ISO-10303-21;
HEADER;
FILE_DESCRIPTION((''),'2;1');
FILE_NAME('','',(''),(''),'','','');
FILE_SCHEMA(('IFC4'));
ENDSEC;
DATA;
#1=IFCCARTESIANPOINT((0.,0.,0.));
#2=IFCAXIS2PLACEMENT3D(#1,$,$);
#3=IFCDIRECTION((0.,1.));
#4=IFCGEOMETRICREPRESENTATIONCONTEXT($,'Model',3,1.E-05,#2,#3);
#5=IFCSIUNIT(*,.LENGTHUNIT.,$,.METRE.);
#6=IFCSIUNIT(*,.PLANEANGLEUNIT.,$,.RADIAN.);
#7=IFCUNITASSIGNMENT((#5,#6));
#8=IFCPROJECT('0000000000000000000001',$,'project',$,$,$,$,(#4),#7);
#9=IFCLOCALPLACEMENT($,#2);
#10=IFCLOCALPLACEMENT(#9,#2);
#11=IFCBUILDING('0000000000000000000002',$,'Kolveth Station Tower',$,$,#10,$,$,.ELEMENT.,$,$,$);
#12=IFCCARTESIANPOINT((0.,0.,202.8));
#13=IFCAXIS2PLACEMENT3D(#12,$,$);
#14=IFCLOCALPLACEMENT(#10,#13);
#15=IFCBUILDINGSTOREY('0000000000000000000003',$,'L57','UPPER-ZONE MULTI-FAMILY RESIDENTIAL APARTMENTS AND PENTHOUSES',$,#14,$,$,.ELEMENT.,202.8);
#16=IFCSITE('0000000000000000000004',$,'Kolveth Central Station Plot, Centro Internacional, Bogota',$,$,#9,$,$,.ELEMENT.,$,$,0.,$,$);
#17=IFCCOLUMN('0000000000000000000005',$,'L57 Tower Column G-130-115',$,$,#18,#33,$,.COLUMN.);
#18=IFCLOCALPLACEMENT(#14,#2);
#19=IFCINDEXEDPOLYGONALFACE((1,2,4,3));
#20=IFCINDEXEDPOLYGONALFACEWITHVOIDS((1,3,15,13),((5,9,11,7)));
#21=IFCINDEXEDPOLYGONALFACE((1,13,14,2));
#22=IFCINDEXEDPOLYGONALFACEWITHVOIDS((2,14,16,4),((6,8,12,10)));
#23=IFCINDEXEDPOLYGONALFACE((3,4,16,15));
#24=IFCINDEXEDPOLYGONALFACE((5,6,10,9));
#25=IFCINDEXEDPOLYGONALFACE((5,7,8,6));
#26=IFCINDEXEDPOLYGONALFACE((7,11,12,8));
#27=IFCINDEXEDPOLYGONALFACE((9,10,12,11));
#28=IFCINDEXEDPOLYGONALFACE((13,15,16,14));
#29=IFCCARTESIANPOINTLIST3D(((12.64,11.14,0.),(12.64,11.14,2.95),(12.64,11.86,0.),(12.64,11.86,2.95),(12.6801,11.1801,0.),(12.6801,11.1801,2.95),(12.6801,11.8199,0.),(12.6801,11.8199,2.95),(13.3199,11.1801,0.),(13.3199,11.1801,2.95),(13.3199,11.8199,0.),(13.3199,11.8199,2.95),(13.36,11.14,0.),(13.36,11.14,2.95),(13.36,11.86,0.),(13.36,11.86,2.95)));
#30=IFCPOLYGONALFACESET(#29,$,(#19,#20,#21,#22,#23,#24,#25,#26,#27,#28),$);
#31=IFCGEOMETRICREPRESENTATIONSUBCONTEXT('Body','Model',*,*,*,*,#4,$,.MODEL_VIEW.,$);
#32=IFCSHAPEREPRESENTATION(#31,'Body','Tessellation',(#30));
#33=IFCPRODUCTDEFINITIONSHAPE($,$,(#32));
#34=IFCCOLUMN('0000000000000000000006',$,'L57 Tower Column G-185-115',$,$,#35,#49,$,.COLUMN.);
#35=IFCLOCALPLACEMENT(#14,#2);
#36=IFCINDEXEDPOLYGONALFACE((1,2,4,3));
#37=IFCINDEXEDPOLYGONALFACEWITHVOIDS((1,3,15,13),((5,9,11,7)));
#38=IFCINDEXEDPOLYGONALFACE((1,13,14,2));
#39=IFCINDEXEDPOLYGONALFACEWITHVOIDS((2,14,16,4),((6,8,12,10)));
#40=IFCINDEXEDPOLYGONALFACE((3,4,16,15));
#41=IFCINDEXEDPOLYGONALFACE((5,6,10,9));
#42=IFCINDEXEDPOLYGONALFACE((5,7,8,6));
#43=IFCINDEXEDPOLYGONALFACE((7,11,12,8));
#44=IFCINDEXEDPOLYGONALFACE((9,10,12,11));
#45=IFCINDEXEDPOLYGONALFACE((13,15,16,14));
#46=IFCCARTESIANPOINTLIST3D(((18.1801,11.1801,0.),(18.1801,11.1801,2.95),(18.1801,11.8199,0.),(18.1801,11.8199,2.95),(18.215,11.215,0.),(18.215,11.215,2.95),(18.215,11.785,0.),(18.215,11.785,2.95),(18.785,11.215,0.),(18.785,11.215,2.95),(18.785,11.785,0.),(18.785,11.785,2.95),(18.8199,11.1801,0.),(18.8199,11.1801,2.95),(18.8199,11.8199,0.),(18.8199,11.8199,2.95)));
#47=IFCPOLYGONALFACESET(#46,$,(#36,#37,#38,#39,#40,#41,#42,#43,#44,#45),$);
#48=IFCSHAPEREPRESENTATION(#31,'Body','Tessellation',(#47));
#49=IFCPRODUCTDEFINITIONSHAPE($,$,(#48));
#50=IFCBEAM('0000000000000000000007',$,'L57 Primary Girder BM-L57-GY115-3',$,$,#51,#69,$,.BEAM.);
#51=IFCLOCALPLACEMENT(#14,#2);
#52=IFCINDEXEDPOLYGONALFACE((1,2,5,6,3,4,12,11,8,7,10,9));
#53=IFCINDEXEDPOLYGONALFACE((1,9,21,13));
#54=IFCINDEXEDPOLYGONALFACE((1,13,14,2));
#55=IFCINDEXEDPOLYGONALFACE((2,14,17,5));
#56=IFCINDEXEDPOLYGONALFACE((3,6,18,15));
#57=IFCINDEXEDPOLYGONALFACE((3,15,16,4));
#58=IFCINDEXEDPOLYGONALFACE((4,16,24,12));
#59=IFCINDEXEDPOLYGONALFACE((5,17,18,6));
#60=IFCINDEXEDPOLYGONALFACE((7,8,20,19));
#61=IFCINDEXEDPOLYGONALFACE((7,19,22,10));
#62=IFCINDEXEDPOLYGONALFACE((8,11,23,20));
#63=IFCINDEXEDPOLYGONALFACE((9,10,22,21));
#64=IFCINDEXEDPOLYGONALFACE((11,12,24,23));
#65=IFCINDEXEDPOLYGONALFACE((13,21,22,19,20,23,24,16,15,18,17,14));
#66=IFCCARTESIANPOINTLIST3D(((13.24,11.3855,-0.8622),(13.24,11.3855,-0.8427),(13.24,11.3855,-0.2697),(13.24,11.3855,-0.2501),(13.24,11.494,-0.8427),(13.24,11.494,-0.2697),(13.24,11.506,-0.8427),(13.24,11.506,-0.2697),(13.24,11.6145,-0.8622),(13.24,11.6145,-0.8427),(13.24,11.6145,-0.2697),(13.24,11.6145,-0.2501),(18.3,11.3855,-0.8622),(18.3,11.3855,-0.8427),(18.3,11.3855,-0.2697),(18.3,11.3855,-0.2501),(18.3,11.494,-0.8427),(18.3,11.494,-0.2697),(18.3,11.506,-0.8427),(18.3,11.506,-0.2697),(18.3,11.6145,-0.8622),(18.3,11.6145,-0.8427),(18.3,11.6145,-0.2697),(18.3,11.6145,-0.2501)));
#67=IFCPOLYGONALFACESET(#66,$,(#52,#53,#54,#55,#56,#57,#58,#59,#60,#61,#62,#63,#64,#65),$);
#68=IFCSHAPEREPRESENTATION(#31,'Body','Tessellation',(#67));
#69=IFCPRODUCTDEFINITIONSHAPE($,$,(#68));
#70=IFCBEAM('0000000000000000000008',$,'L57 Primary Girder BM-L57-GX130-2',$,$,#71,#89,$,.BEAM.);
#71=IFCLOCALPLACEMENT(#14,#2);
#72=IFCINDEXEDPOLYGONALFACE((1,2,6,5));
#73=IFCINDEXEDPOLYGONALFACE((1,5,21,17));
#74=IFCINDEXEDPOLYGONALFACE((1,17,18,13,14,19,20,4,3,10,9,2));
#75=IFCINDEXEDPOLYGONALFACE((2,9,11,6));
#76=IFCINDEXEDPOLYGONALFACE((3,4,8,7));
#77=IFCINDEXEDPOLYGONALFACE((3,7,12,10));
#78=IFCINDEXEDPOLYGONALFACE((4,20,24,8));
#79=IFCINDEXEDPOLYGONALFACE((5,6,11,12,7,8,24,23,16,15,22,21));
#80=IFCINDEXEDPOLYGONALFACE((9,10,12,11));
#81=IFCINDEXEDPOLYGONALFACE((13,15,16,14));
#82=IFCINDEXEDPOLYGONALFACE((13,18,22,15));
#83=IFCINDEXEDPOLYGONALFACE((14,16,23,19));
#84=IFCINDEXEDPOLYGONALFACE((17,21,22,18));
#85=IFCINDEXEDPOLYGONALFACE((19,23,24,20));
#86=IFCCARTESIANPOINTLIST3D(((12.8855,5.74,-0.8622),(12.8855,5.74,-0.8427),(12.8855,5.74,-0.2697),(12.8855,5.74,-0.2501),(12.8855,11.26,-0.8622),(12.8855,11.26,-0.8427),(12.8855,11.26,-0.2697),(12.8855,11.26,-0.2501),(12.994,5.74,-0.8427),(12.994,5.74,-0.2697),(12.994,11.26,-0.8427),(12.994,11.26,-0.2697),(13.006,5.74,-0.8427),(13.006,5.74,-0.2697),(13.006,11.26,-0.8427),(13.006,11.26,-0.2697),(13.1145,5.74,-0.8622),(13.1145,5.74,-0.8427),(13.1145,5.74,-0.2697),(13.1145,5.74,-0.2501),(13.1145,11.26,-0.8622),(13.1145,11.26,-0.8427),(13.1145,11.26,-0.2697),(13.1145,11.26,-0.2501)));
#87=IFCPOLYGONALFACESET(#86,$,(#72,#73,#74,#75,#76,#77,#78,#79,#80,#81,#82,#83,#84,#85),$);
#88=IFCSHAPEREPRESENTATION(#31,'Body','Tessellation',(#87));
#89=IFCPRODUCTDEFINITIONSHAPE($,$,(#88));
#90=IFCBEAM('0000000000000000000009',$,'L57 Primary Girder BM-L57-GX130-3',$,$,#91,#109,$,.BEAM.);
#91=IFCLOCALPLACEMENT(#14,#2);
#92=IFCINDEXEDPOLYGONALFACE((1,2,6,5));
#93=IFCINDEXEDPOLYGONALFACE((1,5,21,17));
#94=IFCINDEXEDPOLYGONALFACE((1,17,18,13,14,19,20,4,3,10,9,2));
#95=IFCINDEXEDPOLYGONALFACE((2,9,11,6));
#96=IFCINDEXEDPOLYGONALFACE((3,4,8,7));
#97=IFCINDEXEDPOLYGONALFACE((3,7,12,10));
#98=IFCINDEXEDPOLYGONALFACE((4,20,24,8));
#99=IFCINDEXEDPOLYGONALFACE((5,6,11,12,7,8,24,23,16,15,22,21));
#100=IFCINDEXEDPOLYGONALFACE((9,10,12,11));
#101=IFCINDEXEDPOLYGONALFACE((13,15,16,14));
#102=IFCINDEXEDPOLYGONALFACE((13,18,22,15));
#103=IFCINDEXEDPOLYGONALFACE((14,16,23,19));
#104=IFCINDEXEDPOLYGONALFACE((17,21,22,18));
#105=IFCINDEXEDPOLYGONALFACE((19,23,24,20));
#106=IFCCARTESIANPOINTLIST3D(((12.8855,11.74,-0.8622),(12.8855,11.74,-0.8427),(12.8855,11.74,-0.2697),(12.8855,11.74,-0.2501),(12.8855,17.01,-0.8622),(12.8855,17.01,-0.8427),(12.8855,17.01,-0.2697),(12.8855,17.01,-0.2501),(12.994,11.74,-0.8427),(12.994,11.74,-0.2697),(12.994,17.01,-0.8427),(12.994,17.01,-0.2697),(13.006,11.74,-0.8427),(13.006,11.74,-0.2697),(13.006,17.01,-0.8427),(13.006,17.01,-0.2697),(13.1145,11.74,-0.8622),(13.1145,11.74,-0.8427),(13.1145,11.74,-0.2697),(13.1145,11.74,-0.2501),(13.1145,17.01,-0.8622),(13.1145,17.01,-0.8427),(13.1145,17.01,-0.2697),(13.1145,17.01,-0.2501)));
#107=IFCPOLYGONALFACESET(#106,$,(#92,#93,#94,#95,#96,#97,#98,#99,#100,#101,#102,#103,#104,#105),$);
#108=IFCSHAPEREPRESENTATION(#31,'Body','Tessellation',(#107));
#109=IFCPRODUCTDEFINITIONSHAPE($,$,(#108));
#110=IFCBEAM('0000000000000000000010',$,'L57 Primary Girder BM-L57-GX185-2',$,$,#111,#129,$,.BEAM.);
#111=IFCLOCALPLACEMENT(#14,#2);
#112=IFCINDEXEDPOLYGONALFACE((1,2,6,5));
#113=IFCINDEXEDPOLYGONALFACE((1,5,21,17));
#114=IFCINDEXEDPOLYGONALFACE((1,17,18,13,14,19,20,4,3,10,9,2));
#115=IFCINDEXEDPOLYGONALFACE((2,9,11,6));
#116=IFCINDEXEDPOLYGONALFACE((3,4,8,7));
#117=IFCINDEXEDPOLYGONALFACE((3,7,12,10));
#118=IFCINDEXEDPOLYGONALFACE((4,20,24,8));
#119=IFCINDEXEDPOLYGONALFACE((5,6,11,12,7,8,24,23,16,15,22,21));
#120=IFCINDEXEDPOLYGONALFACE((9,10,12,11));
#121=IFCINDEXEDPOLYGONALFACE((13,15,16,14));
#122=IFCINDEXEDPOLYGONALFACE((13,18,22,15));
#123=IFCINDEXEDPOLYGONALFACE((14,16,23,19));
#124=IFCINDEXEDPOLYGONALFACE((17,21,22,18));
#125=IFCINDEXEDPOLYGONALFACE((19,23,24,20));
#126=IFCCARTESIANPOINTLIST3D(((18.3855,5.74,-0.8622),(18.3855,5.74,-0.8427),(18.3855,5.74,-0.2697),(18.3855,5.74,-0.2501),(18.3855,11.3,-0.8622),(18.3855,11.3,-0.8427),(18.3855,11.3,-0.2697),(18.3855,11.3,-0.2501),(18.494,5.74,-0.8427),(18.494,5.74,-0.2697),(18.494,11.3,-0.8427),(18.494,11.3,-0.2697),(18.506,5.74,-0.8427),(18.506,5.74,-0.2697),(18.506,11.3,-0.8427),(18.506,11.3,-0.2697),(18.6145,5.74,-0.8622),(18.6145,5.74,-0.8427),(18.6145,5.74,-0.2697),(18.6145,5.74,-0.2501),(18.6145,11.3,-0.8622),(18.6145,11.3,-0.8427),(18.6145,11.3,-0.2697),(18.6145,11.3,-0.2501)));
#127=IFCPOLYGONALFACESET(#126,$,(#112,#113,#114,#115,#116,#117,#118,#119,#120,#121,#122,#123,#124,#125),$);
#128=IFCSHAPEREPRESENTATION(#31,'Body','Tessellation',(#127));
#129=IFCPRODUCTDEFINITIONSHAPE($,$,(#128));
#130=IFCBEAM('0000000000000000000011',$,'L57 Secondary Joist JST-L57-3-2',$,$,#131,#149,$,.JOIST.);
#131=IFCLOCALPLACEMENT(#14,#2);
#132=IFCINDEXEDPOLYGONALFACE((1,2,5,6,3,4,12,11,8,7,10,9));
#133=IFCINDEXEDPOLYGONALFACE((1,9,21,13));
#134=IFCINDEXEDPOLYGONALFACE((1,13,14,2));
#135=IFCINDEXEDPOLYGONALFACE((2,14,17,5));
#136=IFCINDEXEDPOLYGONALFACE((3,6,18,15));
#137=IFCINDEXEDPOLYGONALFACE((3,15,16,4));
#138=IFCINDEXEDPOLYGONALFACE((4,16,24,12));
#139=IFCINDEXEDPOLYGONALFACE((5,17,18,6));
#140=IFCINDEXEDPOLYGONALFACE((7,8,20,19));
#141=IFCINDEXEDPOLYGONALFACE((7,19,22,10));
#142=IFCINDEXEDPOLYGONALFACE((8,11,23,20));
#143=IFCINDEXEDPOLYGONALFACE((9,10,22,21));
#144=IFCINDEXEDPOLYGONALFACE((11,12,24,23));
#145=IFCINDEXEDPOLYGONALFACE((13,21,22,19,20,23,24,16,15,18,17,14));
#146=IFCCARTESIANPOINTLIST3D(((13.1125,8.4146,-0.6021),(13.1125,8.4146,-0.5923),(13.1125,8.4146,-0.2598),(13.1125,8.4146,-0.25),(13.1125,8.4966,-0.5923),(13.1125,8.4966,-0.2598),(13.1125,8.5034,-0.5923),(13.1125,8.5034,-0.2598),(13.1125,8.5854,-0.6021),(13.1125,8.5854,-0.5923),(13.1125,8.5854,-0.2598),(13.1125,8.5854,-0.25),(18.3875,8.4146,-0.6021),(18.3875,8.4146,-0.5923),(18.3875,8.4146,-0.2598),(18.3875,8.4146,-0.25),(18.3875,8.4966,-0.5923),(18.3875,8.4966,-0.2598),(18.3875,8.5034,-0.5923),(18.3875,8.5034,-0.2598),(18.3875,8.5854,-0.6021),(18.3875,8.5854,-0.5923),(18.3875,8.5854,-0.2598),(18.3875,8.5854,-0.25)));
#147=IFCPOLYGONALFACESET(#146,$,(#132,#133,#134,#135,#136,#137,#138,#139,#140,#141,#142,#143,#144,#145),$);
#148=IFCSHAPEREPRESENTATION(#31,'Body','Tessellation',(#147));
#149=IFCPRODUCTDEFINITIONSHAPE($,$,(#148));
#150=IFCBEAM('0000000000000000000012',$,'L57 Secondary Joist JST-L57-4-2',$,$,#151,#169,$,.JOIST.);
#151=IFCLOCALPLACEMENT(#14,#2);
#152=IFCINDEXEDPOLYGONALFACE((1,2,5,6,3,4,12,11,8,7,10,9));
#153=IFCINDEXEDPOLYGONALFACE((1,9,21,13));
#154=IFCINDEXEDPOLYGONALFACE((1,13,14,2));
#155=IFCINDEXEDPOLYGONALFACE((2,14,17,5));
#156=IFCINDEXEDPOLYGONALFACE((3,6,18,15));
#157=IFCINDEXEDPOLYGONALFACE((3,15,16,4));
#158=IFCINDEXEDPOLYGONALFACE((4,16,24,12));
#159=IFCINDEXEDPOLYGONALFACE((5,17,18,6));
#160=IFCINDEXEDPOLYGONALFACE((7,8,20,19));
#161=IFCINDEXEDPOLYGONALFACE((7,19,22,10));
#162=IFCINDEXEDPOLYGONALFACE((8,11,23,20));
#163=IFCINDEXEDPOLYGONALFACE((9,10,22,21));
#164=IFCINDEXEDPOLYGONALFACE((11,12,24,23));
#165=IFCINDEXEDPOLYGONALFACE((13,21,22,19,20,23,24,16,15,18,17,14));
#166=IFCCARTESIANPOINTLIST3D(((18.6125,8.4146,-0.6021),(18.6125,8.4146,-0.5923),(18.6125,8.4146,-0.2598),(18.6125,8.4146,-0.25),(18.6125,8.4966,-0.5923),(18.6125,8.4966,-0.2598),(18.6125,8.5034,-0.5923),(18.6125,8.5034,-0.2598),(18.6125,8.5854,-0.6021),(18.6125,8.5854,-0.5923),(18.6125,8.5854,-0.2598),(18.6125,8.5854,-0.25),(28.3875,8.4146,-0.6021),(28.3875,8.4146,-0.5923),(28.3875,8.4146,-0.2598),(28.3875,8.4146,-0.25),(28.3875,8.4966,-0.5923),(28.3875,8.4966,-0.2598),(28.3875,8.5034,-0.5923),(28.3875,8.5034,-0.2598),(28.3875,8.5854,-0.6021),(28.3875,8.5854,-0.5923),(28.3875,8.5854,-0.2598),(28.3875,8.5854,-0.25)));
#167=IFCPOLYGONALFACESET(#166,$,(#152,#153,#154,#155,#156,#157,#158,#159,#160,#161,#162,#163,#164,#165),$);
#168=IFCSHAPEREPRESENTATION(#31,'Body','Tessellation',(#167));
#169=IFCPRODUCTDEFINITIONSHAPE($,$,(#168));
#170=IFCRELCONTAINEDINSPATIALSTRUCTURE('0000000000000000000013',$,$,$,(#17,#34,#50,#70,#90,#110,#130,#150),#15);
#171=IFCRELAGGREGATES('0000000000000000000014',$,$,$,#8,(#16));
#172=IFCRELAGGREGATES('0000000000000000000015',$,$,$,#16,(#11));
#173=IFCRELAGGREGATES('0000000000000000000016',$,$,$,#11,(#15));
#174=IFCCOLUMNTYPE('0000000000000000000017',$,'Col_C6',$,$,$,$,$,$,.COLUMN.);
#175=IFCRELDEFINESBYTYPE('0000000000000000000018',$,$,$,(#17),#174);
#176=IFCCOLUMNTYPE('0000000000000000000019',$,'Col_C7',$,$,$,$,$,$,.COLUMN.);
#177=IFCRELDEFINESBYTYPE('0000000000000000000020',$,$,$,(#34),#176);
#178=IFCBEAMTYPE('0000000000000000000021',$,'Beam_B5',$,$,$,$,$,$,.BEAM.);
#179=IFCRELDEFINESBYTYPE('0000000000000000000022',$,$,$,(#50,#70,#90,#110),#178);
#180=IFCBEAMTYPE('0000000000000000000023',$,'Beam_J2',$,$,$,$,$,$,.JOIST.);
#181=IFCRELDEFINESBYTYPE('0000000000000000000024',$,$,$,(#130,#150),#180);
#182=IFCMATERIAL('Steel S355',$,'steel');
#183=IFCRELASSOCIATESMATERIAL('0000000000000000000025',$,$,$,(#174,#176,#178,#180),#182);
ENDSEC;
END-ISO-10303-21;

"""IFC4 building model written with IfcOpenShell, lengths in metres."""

from ifc_helpers import new_model, si_unit, direction, frame, origin, origin_2d, place, context, subcontext, project, spatial, hollow_rectangle, i_section, extrude, source, transform, mapped, material, material_profile, profile_set, type_object, element, save


model = new_model("IFC4")

# Units and contexts
model_context = context("Model", 3, precision=1e-05, world=origin(), true_north=direction((0.0, 1.0)))
body_context = subcontext(model_context, "Body", "Model", "MODEL_VIEW")
ifc_project = project(units=[si_unit("LENGTHUNIT", "METRE"), si_unit("PLANEANGLEUNIT", "RADIAN")], contexts=[model_context])

# Site, building, storey
site_placement = place(None, origin())
site = spatial("IfcSite", under=ifc_project, at=site_placement, Name="Kolveth Central Station Plot, Centro Internacional, Bogota", CompositionType="ELEMENT", RefElevation=0.0)
building_placement = place(site_placement, origin())
building = spatial("IfcBuilding", under=site, at=building_placement, Name="Kolveth Station Tower", CompositionType="ELEMENT")
storey_placement = place(building_placement, frame((0.0, 0.0, 202.8)))
storey = spatial("IfcBuildingStorey", under=building, at=storey_placement, Name="L57", Description="UPPER-ZONE MULTI-FAMILY RESIDENTIAL APARTMENTS AND PENTHOUSES", CompositionType="ELEMENT", Elevation=202.8)

# Columns
ifc_material_1 = material(Name="Steel S355", Category="steel")
ifc_material_profile_1 = material_profile(ifc_material_1, hollow_rectangle(XDim=0.72, YDim=0.72, WallThickness=0.04, at=origin_2d()), Name="BOX720x720x40")
ifc_profile_set_1 = profile_set([ifc_material_profile_1], Name="Steel S355")
column_type_1 = type_object("IfcColumnType", Name="Col_C6", PredefinedType="COLUMN", material=ifc_profile_set_1)
shared_shape_1 = source(origin(), body_context, "Body", "SweptSolid", [
    extrude(hollow_rectangle(XDim=0.72, YDim=0.72, WallThickness=0.04, at=origin_2d()), origin(), (0.0, 0.0, 1.0), 2.95),
])
column_1_placement = place(storey_placement, frame((13.0, 11.5, 0.0), z_axis=(0.0, 0.0, 1.0), x_axis=(1.0, 0.0, 0.0)))
element("IfcColumn", 1, at=column_1_placement, inside=storey, type_object=column_type_1, Name="L57 Tower Column G-130-115", PredefinedType="COLUMN", context=body_context, shape_type="MappedRepresentation", body=[
    mapped(shared_shape_1, transform((0.0, 0.0, 0.0), x_axis=(1.0, 0.0, 0.0), y_axis=(0.0, 1.0, 0.0), z_axis=(0.0, 0.0, 1.0), scale=1.0)),
])
ifc_material_profile_2 = material_profile(ifc_material_1, hollow_rectangle(XDim=0.6399, YDim=0.6399, WallThickness=0.0349, at=origin_2d()), Name="BOX640x640x35")
ifc_profile_set_2 = profile_set([ifc_material_profile_2], Name="Steel S355")
column_type_2 = type_object("IfcColumnType", Name="Col_C7", PredefinedType="COLUMN", material=ifc_profile_set_2)
shared_shape_2 = source(origin(), body_context, "Body", "SweptSolid", [
    extrude(hollow_rectangle(XDim=0.6399, YDim=0.6399, WallThickness=0.0349, at=origin_2d()), origin(), (0.0, 0.0, 1.0), 2.95),
])
column_2_placement = place(storey_placement, frame((18.5, 11.5, 0.0), z_axis=(0.0, 0.0, 1.0), x_axis=(1.0, 0.0, 0.0)))
element("IfcColumn", 2, at=column_2_placement, inside=storey, type_object=column_type_2, Name="L57 Tower Column G-185-115", PredefinedType="COLUMN", context=body_context, shape_type="MappedRepresentation", body=[
    mapped(shared_shape_2, transform((0.0, 0.0, 0.0), x_axis=(1.0, 0.0, 0.0), y_axis=(0.0, 1.0, 0.0), z_axis=(0.0, 0.0, 1.0), scale=1.0)),
])

# Beams
ifc_material_profile_3 = material_profile(ifc_material_1, i_section(OverallWidth=0.229, OverallDepth=0.6121, WebThickness=0.012, FlangeThickness=0.0195, at=origin_2d()), Name="W610x125")
ifc_profile_set_3 = profile_set([ifc_material_profile_3], Name="Steel S355")
beam_type_1 = type_object("IfcBeamType", Name="Beam_B5", PredefinedType="BEAM", material=ifc_profile_set_3)
shared_shape_3 = source(origin(), body_context, "Body", "SweptSolid", [
    extrude(i_section(OverallWidth=0.229, OverallDepth=0.6121, WebThickness=0.012, FlangeThickness=0.0195, at=origin_2d()), origin(), (0.0, 0.0, 1.0), 5.0601),
])
beam_1_placement = place(storey_placement, frame((13.24, 11.5, -0.5562), z_axis=(1.0, 0.0, 0.0), x_axis=(0.0, 1.0, 0.0)))
element("IfcBeam", 3, at=beam_1_placement, inside=storey, type_object=beam_type_1, Name="L57 Primary Girder BM-L57-GY115-3", PredefinedType="BEAM", context=body_context, shape_type="MappedRepresentation", body=[
    mapped(shared_shape_3, transform((0.0, 0.0, 0.0), x_axis=(1.0, 0.0, 0.0), y_axis=(0.0, 1.0, 0.0), z_axis=(0.0, 0.0, 1.0), scale=1.0)),
])
shared_shape_4 = source(origin(), body_context, "Body", "SweptSolid", [
    extrude(i_section(OverallWidth=0.229, OverallDepth=0.6121, WebThickness=0.012, FlangeThickness=0.0195, at=origin_2d()), origin(), (0.0, 0.0, 1.0), 5.52),
])
beam_2_placement = place(storey_placement, frame((13.0, 5.74, -0.5562), z_axis=(0.0, 1.0, 0.0), x_axis=(-1.0, 0.0, 0.0)))
element("IfcBeam", 4, at=beam_2_placement, inside=storey, type_object=beam_type_1, Name="L57 Primary Girder BM-L57-GX130-2", PredefinedType="BEAM", context=body_context, shape_type="MappedRepresentation", body=[
    mapped(shared_shape_4, transform((0.0, 0.0, 0.0), x_axis=(1.0, 0.0, 0.0), y_axis=(0.0, 1.0, 0.0), z_axis=(0.0, 0.0, 1.0), scale=1.0)),
])
shared_shape_5 = source(origin(), body_context, "Body", "SweptSolid", [
    extrude(i_section(OverallWidth=0.229, OverallDepth=0.6121, WebThickness=0.012, FlangeThickness=0.0195, at=origin_2d()), origin(), (0.0, 0.0, 1.0), 5.27),
])
beam_3_placement = place(storey_placement, frame((13.0, 11.74, -0.5562), z_axis=(0.0, 1.0, 0.0), x_axis=(-1.0, 0.0, 0.0)))
element("IfcBeam", 5, at=beam_3_placement, inside=storey, type_object=beam_type_1, Name="L57 Primary Girder BM-L57-GX130-3", PredefinedType="BEAM", context=body_context, shape_type="MappedRepresentation", body=[
    mapped(shared_shape_5, transform((0.0, 0.0, 0.0), x_axis=(1.0, 0.0, 0.0), y_axis=(0.0, 1.0, 0.0), z_axis=(0.0, 0.0, 1.0), scale=1.0)),
])
shared_shape_6 = source(origin(), body_context, "Body", "SweptSolid", [
    extrude(i_section(OverallWidth=0.229, OverallDepth=0.6121, WebThickness=0.012, FlangeThickness=0.0195, at=origin_2d()), origin(), (0.0, 0.0, 1.0), 5.5601),
])
beam_4_placement = place(storey_placement, frame((18.5, 5.74, -0.5562), z_axis=(0.0, 1.0, 0.0), x_axis=(-1.0, 0.0, 0.0)))
element("IfcBeam", 6, at=beam_4_placement, inside=storey, type_object=beam_type_1, Name="L57 Primary Girder BM-L57-GX185-2", PredefinedType="BEAM", context=body_context, shape_type="MappedRepresentation", body=[
    mapped(shared_shape_6, transform((0.0, 0.0, 0.0), x_axis=(1.0, 0.0, 0.0), y_axis=(0.0, 1.0, 0.0), z_axis=(0.0, 0.0, 1.0), scale=1.0)),
])
ifc_material_profile_4 = material_profile(ifc_material_1, i_section(OverallWidth=0.1709, OverallDepth=0.3521, WebThickness=0.0068, FlangeThickness=0.0098, at=origin_2d()), Name="W360x44")
ifc_profile_set_4 = profile_set([ifc_material_profile_4], Name="Steel S355")
beam_type_2 = type_object("IfcBeamType", Name="Beam_J2", PredefinedType="JOIST", material=ifc_profile_set_4)
shared_shape_7 = source(origin(), body_context, "Body", "SweptSolid", [
    extrude(i_section(OverallWidth=0.1709, OverallDepth=0.3521, WebThickness=0.0068, FlangeThickness=0.0098, at=origin_2d()), origin(), (0.0, 0.0, 1.0), 5.2749),
])
beam_5_placement = place(storey_placement, frame((13.1125, 8.5, -0.426), z_axis=(1.0, 0.0, 0.0), x_axis=(0.0, 1.0, 0.0)))
element("IfcBeam", 7, at=beam_5_placement, inside=storey, type_object=beam_type_2, Name="L57 Secondary Joist JST-L57-3-2", PredefinedType="JOIST", context=body_context, shape_type="MappedRepresentation", body=[
    mapped(shared_shape_7, transform((0.0, 0.0, 0.0), x_axis=(1.0, 0.0, 0.0), y_axis=(0.0, 1.0, 0.0), z_axis=(0.0, 0.0, 1.0), scale=1.0)),
])
shared_shape_8 = source(origin(), body_context, "Body", "SweptSolid", [
    extrude(i_section(OverallWidth=0.1709, OverallDepth=0.3521, WebThickness=0.0068, FlangeThickness=0.0098, at=origin_2d()), origin(), (0.0, 0.0, 1.0), 9.7749),
])
beam_6_placement = place(storey_placement, frame((18.6125, 8.5, -0.426), z_axis=(1.0, 0.0, 0.0), x_axis=(0.0, 1.0, 0.0)))
element("IfcBeam", 8, at=beam_6_placement, inside=storey, type_object=beam_type_2, Name="L57 Secondary Joist JST-L57-4-2", PredefinedType="JOIST", context=body_context, shape_type="MappedRepresentation", body=[
    mapped(shared_shape_8, transform((0.0, 0.0, 0.0), x_axis=(1.0, 0.0, 0.0), y_axis=(0.0, 1.0, 0.0), z_axis=(0.0, 0.0, 1.0), scale=1.0)),
])

save(model, "model.ifc")
